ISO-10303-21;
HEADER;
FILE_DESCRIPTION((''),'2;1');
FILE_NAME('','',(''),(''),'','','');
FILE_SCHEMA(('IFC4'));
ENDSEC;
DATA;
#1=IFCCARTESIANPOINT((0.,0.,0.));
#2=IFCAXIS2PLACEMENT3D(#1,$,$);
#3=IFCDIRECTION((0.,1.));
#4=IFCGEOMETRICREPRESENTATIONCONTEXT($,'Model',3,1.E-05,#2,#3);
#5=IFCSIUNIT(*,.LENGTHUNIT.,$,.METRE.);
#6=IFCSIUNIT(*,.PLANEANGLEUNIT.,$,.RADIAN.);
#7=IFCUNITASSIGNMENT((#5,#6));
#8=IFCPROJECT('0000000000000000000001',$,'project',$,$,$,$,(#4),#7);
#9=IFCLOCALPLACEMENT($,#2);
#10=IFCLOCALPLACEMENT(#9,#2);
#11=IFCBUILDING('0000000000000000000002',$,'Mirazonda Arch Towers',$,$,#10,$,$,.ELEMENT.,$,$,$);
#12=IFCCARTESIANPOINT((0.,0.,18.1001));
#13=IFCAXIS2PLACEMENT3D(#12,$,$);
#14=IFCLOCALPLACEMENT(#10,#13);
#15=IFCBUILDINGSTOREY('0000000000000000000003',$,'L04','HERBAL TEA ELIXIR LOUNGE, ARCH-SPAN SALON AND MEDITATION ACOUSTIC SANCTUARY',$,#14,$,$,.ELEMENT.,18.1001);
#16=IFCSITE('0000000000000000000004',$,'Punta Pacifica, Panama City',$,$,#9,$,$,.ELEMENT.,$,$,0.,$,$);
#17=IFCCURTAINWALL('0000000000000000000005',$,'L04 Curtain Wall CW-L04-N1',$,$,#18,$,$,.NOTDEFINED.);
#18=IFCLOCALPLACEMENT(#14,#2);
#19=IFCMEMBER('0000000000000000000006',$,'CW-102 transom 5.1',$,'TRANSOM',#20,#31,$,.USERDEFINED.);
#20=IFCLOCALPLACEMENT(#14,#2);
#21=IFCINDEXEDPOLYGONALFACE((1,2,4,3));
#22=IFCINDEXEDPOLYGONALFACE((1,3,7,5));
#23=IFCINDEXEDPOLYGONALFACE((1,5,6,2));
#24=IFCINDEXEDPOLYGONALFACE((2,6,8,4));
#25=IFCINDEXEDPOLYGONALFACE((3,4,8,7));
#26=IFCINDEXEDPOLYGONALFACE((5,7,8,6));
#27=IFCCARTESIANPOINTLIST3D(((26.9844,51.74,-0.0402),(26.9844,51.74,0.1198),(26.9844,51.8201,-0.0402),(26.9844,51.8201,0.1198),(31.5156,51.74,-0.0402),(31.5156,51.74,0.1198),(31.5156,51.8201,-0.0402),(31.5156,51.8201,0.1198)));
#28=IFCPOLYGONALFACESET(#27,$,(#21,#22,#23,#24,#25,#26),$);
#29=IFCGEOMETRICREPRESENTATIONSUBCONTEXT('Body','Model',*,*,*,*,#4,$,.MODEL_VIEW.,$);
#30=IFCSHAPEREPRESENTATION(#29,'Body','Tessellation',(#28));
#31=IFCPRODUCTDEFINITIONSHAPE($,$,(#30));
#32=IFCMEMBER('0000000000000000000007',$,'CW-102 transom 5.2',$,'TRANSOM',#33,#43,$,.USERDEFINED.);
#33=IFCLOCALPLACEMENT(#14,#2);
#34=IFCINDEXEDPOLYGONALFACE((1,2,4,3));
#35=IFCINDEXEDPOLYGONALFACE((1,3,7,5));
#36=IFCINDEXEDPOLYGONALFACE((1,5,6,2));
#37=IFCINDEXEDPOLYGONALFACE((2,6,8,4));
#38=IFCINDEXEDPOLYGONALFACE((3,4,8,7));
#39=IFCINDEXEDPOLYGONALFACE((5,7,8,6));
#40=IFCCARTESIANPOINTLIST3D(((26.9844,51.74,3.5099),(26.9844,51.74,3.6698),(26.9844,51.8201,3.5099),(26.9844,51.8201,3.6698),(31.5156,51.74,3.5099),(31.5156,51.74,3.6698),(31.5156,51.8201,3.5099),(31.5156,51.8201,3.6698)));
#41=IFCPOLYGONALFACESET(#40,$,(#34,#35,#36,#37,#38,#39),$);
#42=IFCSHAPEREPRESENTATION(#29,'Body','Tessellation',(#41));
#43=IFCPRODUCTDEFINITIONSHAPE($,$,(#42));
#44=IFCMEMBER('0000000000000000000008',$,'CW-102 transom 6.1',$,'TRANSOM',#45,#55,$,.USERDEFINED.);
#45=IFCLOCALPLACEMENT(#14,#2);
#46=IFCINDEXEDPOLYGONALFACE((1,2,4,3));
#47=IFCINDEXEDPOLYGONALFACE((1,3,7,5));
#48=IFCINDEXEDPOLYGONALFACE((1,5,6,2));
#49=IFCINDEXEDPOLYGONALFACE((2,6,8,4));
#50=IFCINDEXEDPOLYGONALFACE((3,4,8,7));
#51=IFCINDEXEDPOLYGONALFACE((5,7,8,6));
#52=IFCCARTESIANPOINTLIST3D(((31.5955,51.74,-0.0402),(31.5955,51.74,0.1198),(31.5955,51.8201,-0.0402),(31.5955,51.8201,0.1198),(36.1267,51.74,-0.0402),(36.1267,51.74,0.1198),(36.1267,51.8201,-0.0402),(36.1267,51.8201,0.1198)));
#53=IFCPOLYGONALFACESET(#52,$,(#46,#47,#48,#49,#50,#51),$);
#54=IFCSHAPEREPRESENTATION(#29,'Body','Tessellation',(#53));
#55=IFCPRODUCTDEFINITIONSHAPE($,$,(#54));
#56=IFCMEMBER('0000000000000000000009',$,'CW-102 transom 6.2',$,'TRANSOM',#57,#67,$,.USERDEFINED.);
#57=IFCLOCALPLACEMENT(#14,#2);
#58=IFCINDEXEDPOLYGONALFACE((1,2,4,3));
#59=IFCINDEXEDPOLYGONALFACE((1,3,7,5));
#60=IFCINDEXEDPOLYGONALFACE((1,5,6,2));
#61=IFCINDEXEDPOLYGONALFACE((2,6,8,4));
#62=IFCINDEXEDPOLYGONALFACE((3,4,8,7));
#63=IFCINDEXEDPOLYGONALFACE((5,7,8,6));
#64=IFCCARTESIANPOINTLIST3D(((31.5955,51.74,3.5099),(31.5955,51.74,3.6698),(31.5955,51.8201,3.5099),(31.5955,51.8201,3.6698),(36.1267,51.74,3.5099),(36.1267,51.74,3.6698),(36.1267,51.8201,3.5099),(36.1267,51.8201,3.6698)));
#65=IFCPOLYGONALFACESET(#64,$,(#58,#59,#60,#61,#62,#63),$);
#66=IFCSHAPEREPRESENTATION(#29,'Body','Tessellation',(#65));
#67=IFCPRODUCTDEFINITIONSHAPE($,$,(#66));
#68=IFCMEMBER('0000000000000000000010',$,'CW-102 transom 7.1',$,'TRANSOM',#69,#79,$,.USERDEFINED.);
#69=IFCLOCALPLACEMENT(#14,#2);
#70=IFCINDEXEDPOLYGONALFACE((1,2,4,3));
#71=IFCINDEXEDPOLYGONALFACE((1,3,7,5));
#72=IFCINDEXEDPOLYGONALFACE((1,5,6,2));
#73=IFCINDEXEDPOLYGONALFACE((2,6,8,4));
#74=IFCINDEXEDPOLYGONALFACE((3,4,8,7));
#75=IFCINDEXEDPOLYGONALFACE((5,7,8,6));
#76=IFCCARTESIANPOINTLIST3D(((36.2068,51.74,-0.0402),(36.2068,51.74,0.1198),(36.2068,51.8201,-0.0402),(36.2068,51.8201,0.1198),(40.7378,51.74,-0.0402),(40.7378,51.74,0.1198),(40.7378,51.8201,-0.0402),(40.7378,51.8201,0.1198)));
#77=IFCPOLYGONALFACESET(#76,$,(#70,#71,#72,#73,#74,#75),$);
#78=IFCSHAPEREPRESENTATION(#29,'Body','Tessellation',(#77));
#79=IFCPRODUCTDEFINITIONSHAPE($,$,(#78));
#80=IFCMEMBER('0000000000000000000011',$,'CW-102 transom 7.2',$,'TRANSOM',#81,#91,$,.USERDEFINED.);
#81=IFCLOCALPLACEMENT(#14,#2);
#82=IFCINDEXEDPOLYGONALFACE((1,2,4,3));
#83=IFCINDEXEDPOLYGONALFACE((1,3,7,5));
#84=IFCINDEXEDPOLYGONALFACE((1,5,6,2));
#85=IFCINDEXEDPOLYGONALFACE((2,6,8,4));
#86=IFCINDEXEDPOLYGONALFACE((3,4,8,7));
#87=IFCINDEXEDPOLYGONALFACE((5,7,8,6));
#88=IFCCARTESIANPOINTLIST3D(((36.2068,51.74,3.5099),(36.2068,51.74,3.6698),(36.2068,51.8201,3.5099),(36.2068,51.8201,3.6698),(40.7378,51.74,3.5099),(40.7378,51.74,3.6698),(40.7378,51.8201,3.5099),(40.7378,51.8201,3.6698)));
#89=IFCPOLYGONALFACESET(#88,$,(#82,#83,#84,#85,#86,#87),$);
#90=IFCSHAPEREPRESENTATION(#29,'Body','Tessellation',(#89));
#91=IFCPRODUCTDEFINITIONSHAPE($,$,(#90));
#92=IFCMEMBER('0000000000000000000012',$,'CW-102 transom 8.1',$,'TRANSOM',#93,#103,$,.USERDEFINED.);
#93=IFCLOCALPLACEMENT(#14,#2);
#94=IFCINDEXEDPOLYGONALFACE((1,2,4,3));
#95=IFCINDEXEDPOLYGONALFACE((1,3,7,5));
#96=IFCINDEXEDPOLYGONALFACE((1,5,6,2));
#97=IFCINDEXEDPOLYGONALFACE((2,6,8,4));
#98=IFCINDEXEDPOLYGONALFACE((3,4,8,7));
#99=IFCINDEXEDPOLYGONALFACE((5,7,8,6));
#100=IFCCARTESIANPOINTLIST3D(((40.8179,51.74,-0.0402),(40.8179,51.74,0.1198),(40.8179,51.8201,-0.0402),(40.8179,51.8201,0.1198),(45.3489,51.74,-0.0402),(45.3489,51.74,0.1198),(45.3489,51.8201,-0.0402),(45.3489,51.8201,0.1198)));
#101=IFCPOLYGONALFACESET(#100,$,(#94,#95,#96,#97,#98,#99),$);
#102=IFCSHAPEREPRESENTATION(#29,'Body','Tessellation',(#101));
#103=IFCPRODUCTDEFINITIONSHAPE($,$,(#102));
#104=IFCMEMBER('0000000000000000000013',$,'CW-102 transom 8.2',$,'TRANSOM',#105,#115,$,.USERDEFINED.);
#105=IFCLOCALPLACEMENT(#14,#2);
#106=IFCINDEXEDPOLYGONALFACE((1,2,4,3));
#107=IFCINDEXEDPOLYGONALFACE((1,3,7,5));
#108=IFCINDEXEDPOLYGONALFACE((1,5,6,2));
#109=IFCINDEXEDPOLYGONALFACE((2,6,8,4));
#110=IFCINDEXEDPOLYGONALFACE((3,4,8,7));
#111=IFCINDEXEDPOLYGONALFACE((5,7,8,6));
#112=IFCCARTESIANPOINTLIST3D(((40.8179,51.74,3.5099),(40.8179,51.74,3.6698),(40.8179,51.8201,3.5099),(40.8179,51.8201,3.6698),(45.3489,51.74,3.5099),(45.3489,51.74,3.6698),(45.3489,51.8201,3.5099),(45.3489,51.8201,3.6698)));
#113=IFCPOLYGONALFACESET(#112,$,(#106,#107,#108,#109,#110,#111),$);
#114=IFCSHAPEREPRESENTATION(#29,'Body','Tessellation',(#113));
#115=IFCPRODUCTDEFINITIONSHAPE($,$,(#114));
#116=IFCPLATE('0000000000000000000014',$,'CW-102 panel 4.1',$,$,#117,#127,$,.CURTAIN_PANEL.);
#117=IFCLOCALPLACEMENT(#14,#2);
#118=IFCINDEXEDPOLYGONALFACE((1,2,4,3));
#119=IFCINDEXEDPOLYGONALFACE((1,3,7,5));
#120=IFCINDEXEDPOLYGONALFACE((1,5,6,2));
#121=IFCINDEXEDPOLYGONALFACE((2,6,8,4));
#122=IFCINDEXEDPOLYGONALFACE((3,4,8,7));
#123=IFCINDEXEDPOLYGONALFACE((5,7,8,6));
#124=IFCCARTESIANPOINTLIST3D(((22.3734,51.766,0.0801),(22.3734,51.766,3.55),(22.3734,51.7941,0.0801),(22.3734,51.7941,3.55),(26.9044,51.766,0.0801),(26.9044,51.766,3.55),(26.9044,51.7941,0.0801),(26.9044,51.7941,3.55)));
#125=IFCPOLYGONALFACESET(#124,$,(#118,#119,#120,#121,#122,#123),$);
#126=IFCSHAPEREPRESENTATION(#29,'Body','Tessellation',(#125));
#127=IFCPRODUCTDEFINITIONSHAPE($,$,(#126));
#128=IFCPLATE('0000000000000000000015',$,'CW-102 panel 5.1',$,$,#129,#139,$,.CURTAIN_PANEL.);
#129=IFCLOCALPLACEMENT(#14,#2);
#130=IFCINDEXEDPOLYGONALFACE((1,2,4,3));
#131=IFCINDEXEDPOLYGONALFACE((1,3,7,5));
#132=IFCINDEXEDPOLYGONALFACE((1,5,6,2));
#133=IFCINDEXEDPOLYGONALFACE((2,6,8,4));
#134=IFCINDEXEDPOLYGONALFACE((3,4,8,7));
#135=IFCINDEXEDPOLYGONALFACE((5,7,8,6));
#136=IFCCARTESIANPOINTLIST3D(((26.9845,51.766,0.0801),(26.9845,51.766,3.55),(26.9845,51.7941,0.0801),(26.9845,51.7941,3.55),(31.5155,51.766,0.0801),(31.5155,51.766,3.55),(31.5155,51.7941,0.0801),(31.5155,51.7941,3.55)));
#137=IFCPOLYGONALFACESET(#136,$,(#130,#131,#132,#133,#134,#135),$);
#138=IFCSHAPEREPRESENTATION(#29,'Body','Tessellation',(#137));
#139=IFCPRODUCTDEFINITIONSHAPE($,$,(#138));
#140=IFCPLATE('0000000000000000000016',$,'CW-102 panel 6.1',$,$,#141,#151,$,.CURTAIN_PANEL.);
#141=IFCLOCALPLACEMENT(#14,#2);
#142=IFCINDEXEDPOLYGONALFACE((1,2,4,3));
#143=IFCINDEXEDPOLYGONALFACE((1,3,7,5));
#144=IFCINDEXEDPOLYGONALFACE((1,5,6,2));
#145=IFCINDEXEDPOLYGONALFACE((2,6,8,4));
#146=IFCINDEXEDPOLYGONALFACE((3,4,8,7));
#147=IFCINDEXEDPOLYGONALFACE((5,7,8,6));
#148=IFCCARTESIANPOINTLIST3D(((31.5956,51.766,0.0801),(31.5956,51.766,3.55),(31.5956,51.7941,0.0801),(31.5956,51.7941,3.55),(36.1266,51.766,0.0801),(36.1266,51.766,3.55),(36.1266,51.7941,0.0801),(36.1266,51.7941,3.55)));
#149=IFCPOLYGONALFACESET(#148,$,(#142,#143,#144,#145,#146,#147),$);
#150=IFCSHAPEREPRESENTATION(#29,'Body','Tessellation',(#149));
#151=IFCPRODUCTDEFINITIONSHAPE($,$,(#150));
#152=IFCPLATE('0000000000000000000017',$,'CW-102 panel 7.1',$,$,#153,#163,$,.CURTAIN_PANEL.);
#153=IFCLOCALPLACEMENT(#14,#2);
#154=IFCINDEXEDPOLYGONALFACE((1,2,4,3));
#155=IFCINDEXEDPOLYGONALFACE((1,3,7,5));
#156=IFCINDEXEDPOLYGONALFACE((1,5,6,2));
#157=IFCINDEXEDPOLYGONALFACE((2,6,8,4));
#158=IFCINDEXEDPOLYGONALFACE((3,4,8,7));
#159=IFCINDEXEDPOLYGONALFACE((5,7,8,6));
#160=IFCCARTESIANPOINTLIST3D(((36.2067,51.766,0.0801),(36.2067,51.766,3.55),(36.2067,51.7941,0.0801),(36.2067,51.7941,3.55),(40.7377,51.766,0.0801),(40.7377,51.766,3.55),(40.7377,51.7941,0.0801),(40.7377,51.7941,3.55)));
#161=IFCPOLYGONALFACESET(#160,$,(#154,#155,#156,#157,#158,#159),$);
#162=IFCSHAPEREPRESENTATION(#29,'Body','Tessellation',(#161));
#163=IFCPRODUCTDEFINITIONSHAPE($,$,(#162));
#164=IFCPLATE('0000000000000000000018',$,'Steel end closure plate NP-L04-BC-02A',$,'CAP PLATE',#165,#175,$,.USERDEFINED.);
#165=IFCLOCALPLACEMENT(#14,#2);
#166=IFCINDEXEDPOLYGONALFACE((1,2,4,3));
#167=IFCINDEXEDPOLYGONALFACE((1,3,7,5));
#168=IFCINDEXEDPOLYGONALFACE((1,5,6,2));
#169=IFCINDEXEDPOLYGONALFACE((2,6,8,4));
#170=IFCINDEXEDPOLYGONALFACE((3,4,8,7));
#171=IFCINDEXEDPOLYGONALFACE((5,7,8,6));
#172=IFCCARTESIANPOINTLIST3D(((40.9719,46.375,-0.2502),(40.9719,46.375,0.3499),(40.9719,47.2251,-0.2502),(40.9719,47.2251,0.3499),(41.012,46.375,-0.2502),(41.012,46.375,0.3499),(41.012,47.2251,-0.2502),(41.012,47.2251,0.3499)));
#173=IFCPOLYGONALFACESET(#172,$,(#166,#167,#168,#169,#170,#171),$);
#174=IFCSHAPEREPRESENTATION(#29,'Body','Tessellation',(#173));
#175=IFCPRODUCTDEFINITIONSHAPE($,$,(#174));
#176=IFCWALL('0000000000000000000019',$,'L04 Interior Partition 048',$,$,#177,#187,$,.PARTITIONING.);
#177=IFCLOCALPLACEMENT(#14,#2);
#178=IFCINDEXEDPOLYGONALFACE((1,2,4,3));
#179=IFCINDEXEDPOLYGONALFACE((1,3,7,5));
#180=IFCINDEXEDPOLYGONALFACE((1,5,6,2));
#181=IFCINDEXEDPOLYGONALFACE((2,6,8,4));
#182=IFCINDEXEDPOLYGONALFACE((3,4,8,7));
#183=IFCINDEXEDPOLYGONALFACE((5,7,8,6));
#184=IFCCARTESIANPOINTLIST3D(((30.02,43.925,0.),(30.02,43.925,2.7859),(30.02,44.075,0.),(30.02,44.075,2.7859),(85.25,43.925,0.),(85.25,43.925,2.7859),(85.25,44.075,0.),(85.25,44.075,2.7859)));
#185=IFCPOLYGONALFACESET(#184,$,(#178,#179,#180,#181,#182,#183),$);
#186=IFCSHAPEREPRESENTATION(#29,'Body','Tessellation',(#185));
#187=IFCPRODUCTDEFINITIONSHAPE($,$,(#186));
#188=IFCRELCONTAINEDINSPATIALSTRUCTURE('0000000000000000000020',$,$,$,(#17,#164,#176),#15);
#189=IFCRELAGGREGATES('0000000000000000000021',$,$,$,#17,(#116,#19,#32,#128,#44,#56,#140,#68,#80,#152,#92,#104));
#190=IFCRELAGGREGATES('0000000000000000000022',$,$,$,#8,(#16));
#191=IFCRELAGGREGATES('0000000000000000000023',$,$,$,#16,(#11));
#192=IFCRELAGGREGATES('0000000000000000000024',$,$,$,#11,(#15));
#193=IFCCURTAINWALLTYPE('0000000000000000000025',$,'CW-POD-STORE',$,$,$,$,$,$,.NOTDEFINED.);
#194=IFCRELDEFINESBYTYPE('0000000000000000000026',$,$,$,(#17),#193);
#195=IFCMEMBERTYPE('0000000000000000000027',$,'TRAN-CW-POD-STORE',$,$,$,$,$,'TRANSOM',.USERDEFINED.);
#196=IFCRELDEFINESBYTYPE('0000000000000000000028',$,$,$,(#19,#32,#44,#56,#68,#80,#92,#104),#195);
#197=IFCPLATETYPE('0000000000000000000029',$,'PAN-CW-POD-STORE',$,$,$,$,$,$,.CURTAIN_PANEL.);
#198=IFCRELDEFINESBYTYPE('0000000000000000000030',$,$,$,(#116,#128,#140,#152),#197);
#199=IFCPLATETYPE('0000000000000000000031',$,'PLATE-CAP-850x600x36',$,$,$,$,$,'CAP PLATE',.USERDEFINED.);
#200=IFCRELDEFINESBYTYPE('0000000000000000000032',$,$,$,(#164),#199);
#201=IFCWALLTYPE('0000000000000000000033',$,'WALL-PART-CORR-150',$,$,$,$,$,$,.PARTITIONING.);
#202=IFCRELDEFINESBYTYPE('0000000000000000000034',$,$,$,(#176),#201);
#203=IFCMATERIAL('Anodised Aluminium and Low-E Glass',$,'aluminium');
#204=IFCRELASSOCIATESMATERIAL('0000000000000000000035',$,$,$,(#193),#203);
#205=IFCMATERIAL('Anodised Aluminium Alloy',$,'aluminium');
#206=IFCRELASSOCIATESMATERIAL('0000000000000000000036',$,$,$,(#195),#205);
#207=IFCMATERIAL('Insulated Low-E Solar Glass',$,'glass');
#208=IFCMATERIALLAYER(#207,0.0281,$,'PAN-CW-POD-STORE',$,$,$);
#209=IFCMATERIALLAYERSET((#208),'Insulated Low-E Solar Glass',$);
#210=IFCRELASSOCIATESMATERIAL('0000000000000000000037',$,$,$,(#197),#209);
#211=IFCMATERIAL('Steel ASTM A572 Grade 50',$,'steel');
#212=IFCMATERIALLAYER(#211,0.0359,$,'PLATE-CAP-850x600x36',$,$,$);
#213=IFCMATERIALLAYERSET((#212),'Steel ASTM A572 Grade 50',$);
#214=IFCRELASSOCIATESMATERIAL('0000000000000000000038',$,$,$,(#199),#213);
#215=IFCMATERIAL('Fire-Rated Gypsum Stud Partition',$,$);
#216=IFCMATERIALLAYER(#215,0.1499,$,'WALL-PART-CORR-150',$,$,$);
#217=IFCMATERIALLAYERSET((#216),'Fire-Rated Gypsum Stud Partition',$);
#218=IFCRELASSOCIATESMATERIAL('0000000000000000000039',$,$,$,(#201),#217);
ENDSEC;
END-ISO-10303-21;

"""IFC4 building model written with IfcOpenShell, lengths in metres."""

from ifc_helpers import new_model, si_unit, direction, frame, frame_2d, origin, origin_2d, place, context, subcontext, project, spatial, rectangle, extrude, material, layer, layer_set, material_profile, profile_set, type_object, element, aggregate, save


model = new_model("IFC4")

# Units and contexts
model_context = context("Model", 3, precision=1e-05, world=origin(), true_north=direction((0.0, 1.0)))
body_context = subcontext(model_context, "Body", "Model", "MODEL_VIEW")
ifc_project = project(units=[si_unit("LENGTHUNIT", "METRE"), si_unit("PLANEANGLEUNIT", "RADIAN")], contexts=[model_context])

# Site, building, storey
site_placement = place(None, origin())
site = spatial("IfcSite", under=ifc_project, at=site_placement, Name="Punta Pacifica, Panama City", CompositionType="ELEMENT", RefElevation=0.0)
building_placement = place(site_placement, origin())
building = spatial("IfcBuilding", under=site, at=building_placement, Name="Mirazonda Arch Towers", CompositionType="ELEMENT")
storey_placement = place(building_placement, frame((0.0, 0.0, 18.1001)))
storey = spatial("IfcBuildingStorey", under=building, at=storey_placement, Name="L04", Description="HERBAL TEA ELIXIR LOUNGE, ARCH-SPAN SALON AND MEDITATION ACOUSTIC SANCTUARY", CompositionType="ELEMENT", Elevation=18.1001)

# Shared definitions
ifc_material_1 = material(Name="Steel ASTM A572 Grade 50", Category="steel")

# Curtain wall, members, plates
ifc_material_2 = material(Name="Anodised Aluminium and Low-E Glass", Category="aluminium")
curtain_wall_type = type_object("IfcCurtainWallType", Name="CW-POD-STORE", PredefinedType="NOTDEFINED", material=ifc_material_2)
curtain_wall_placement = place(storey_placement, origin())
curtain_wall = element("IfcCurtainWall", 1, at=curtain_wall_placement, inside=storey, type_object=curtain_wall_type, Name="L04 Curtain Wall CW-L04-N1", PredefinedType="NOTDEFINED")
ifc_material_3 = material(Name="Anodised Aluminium Alloy", Category="aluminium")
ifc_material_profile_1 = material_profile(ifc_material_3, rectangle(XDim=0.0801, YDim=0.1599, at=origin_2d()), Name="ALU-TRAN-80x160")
ifc_profile_set_1 = profile_set([ifc_material_profile_1], Name="Anodised Aluminium Alloy")
member_type_1 = type_object("IfcMemberType", Name="TRAN-CW-POD-STORE", ElementType="TRANSOM", PredefinedType="USERDEFINED", material=ifc_profile_set_1)
member_1_placement = place(storey_placement, frame((26.9844, 51.78, 0.0398), z_axis=(1.0, 0.0, 0.0), x_axis=(0.0, 1.0, 0.0)))
member_1 = element("IfcMember", 2, at=member_1_placement, type_object=member_type_1, Name="CW-102 transom 5.1", ObjectType="TRANSOM", PredefinedType="USERDEFINED", context=body_context, shape_type="SweptSolid", body=[
    extrude(rectangle(XDim=0.0801, YDim=0.1599, at=origin_2d()), origin(), (0.0, 0.0, 1.0), 4.5312),
])
member_2_placement = place(storey_placement, frame((26.9844, 51.78, 3.5898), z_axis=(1.0, 0.0, 0.0), x_axis=(0.0, 1.0, 0.0)))
member_2 = element("IfcMember", 3, at=member_2_placement, type_object=member_type_1, Name="CW-102 transom 5.2", ObjectType="TRANSOM", PredefinedType="USERDEFINED", context=body_context, shape_type="SweptSolid", body=[
    extrude(rectangle(XDim=0.0801, YDim=0.1599, at=origin_2d()), origin(), (0.0, 0.0, 1.0), 4.5312),
])
member_3_placement = place(storey_placement, frame((31.5955, 51.78, 0.0398), z_axis=(1.0, 0.0, 0.0), x_axis=(0.0, 1.0, 0.0)))
member_3 = element("IfcMember", 4, at=member_3_placement, type_object=member_type_1, Name="CW-102 transom 6.1", ObjectType="TRANSOM", PredefinedType="USERDEFINED", context=body_context, shape_type="SweptSolid", body=[
    extrude(rectangle(XDim=0.0801, YDim=0.1599, at=origin_2d()), origin(), (0.0, 0.0, 1.0), 4.5312),
])
member_4_placement = place(storey_placement, frame((31.5955, 51.78, 3.5898), z_axis=(1.0, 0.0, 0.0), x_axis=(0.0, 1.0, 0.0)))
member_4 = element("IfcMember", 5, at=member_4_placement, type_object=member_type_1, Name="CW-102 transom 6.2", ObjectType="TRANSOM", PredefinedType="USERDEFINED", context=body_context, shape_type="SweptSolid", body=[
    extrude(rectangle(XDim=0.0801, YDim=0.1599, at=origin_2d()), origin(), (0.0, 0.0, 1.0), 4.5312),
])
member_5_placement = place(storey_placement, frame((36.2068, 51.78, 0.0398), z_axis=(1.0, 0.0, 0.0), x_axis=(0.0, 1.0, 0.0)))
member_5 = element("IfcMember", 6, at=member_5_placement, type_object=member_type_1, Name="CW-102 transom 7.1", ObjectType="TRANSOM", PredefinedType="USERDEFINED", context=body_context, shape_type="SweptSolid", body=[
    extrude(rectangle(XDim=0.0801, YDim=0.1599, at=origin_2d()), origin(), (0.0, 0.0, 1.0), 4.531),
])
member_6_placement = place(storey_placement, frame((36.2068, 51.78, 3.5898), z_axis=(1.0, 0.0, 0.0), x_axis=(0.0, 1.0, 0.0)))
member_6 = element("IfcMember", 7, at=member_6_placement, type_object=member_type_1, Name="CW-102 transom 7.2", ObjectType="TRANSOM", PredefinedType="USERDEFINED", context=body_context, shape_type="SweptSolid", body=[
    extrude(rectangle(XDim=0.0801, YDim=0.1599, at=origin_2d()), origin(), (0.0, 0.0, 1.0), 4.531),
])
member_7_placement = place(storey_placement, frame((40.8179, 51.78, 0.0398), z_axis=(1.0, 0.0, 0.0), x_axis=(0.0, 1.0, 0.0)))
member_7 = element("IfcMember", 8, at=member_7_placement, type_object=member_type_1, Name="CW-102 transom 8.1", ObjectType="TRANSOM", PredefinedType="USERDEFINED", context=body_context, shape_type="SweptSolid", body=[
    extrude(rectangle(XDim=0.0801, YDim=0.1599, at=origin_2d()), origin(), (0.0, 0.0, 1.0), 4.531),
])
member_8_placement = place(storey_placement, frame((40.8179, 51.78, 3.5898), z_axis=(1.0, 0.0, 0.0), x_axis=(0.0, 1.0, 0.0)))
member_8 = element("IfcMember", 9, at=member_8_placement, type_object=member_type_1, Name="CW-102 transom 8.2", ObjectType="TRANSOM", PredefinedType="USERDEFINED", context=body_context, shape_type="SweptSolid", body=[
    extrude(rectangle(XDim=0.0801, YDim=0.1599, at=origin_2d()), origin(), (0.0, 0.0, 1.0), 4.531),
])
ifc_material_4 = material(Name="Insulated Low-E Solar Glass", Category="glass")
ifc_layer_1 = layer(ifc_material_4, 0.0281, Name="PAN-CW-POD-STORE")
ifc_layer_set_1 = layer_set([ifc_layer_1], Name="Insulated Low-E Solar Glass")
plate_type_1 = type_object("IfcPlateType", Name="PAN-CW-POD-STORE", PredefinedType="CURTAIN_PANEL", material=ifc_layer_set_1)
plate_1_placement = place(storey_placement, frame((24.6389, 51.78, 0.0801), z_axis=(0.0, 0.0, 1.0), x_axis=(1.0, 0.0, 0.0)))
plate_1 = element("IfcPlate", 10, at=plate_1_placement, type_object=plate_type_1, Name="CW-102 panel 4.1", PredefinedType="CURTAIN_PANEL", context=body_context, shape_type="SweptSolid", body=[
    extrude(rectangle(XDim=4.531, YDim=0.0281, at=origin_2d()), origin(), (0.0, 0.0, 1.0), 3.47),
])
plate_2_placement = place(storey_placement, frame((29.25, 51.78, 0.0801), z_axis=(0.0, 0.0, 1.0), x_axis=(1.0, 0.0, 0.0)))
plate_2 = element("IfcPlate", 11, at=plate_2_placement, type_object=plate_type_1, Name="CW-102 panel 5.1", PredefinedType="CURTAIN_PANEL", context=body_context, shape_type="SweptSolid", body=[
    extrude(rectangle(XDim=4.531, YDim=0.0281, at=origin_2d()), origin(), (0.0, 0.0, 1.0), 3.47),
])
plate_3_placement = place(storey_placement, frame((33.8611, 51.78, 0.0801), z_axis=(0.0, 0.0, 1.0), x_axis=(1.0, 0.0, 0.0)))
plate_3 = element("IfcPlate", 12, at=plate_3_placement, type_object=plate_type_1, Name="CW-102 panel 6.1", PredefinedType="CURTAIN_PANEL", context=body_context, shape_type="SweptSolid", body=[
    extrude(rectangle(XDim=4.531, YDim=0.0281, at=origin_2d()), origin(), (0.0, 0.0, 1.0), 3.47),
])
plate_4_placement = place(storey_placement, frame((38.4722, 51.78, 0.0801), z_axis=(0.0, 0.0, 1.0), x_axis=(1.0, 0.0, 0.0)))
plate_4 = element("IfcPlate", 13, at=plate_4_placement, type_object=plate_type_1, Name="CW-102 panel 7.1", PredefinedType="CURTAIN_PANEL", context=body_context, shape_type="SweptSolid", body=[
    extrude(rectangle(XDim=4.531, YDim=0.0281, at=origin_2d()), origin(), (0.0, 0.0, 1.0), 3.47),
])
aggregate(curtain_wall, [plate_1, member_1, member_2, plate_2, member_3, member_4, plate_3, member_5, member_6, plate_4, member_7, member_8])

# Plate
ifc_layer_2 = layer(ifc_material_1, 0.0359, Name="PLATE-CAP-850x600x36")
ifc_layer_set_2 = layer_set([ifc_layer_2], Name="Steel ASTM A572 Grade 50")
plate_type_2 = type_object("IfcPlateType", Name="PLATE-CAP-850x600x36", ElementType="CAP PLATE", PredefinedType="USERDEFINED", material=ifc_layer_set_2)
plate_5_placement = place(storey_placement, frame((40.9919, 46.8, -0.2502), z_axis=(0.0, 0.0, 1.0), x_axis=(-1.0, 0.0, 0.0)))
element("IfcPlate", 14, at=plate_5_placement, inside=storey, type_object=plate_type_2, Name="Steel end closure plate NP-L04-BC-02A", ObjectType="CAP PLATE", PredefinedType="USERDEFINED", context=body_context, shape_type="SweptSolid", body=[
    extrude(rectangle(XDim=0.04, YDim=0.8501, at=origin_2d()), origin(), (0.0, 0.0, 1.0), 0.6001),
])

# Wall
ifc_material_5 = material(Name="Fire-Rated Gypsum Stud Partition")
ifc_layer_3 = layer(ifc_material_5, 0.1499, Name="WALL-PART-CORR-150")
ifc_layer_set_3 = layer_set([ifc_layer_3], Name="Fire-Rated Gypsum Stud Partition")
wall_type = type_object("IfcWallType", Name="WALL-PART-CORR-150", PredefinedType="PARTITIONING", material=ifc_layer_set_3)
wall_placement = place(storey_placement, frame((30.02, 44.0, 0.0), z_axis=(0.0, 0.0, 1.0), x_axis=(1.0, 0.0, 0.0)))
element("IfcWall", 15, at=wall_placement, inside=storey, type_object=wall_type, Name="L04 Interior Partition 048", PredefinedType="PARTITIONING", context=body_context, shape_type="SweptSolid", body=[
    extrude(rectangle(XDim=55.23, YDim=0.1499, at=frame_2d((27.615, 0.0))), origin(), (0.0, 0.0, 1.0), 2.7859),
])

save(model, "model.ifc")
